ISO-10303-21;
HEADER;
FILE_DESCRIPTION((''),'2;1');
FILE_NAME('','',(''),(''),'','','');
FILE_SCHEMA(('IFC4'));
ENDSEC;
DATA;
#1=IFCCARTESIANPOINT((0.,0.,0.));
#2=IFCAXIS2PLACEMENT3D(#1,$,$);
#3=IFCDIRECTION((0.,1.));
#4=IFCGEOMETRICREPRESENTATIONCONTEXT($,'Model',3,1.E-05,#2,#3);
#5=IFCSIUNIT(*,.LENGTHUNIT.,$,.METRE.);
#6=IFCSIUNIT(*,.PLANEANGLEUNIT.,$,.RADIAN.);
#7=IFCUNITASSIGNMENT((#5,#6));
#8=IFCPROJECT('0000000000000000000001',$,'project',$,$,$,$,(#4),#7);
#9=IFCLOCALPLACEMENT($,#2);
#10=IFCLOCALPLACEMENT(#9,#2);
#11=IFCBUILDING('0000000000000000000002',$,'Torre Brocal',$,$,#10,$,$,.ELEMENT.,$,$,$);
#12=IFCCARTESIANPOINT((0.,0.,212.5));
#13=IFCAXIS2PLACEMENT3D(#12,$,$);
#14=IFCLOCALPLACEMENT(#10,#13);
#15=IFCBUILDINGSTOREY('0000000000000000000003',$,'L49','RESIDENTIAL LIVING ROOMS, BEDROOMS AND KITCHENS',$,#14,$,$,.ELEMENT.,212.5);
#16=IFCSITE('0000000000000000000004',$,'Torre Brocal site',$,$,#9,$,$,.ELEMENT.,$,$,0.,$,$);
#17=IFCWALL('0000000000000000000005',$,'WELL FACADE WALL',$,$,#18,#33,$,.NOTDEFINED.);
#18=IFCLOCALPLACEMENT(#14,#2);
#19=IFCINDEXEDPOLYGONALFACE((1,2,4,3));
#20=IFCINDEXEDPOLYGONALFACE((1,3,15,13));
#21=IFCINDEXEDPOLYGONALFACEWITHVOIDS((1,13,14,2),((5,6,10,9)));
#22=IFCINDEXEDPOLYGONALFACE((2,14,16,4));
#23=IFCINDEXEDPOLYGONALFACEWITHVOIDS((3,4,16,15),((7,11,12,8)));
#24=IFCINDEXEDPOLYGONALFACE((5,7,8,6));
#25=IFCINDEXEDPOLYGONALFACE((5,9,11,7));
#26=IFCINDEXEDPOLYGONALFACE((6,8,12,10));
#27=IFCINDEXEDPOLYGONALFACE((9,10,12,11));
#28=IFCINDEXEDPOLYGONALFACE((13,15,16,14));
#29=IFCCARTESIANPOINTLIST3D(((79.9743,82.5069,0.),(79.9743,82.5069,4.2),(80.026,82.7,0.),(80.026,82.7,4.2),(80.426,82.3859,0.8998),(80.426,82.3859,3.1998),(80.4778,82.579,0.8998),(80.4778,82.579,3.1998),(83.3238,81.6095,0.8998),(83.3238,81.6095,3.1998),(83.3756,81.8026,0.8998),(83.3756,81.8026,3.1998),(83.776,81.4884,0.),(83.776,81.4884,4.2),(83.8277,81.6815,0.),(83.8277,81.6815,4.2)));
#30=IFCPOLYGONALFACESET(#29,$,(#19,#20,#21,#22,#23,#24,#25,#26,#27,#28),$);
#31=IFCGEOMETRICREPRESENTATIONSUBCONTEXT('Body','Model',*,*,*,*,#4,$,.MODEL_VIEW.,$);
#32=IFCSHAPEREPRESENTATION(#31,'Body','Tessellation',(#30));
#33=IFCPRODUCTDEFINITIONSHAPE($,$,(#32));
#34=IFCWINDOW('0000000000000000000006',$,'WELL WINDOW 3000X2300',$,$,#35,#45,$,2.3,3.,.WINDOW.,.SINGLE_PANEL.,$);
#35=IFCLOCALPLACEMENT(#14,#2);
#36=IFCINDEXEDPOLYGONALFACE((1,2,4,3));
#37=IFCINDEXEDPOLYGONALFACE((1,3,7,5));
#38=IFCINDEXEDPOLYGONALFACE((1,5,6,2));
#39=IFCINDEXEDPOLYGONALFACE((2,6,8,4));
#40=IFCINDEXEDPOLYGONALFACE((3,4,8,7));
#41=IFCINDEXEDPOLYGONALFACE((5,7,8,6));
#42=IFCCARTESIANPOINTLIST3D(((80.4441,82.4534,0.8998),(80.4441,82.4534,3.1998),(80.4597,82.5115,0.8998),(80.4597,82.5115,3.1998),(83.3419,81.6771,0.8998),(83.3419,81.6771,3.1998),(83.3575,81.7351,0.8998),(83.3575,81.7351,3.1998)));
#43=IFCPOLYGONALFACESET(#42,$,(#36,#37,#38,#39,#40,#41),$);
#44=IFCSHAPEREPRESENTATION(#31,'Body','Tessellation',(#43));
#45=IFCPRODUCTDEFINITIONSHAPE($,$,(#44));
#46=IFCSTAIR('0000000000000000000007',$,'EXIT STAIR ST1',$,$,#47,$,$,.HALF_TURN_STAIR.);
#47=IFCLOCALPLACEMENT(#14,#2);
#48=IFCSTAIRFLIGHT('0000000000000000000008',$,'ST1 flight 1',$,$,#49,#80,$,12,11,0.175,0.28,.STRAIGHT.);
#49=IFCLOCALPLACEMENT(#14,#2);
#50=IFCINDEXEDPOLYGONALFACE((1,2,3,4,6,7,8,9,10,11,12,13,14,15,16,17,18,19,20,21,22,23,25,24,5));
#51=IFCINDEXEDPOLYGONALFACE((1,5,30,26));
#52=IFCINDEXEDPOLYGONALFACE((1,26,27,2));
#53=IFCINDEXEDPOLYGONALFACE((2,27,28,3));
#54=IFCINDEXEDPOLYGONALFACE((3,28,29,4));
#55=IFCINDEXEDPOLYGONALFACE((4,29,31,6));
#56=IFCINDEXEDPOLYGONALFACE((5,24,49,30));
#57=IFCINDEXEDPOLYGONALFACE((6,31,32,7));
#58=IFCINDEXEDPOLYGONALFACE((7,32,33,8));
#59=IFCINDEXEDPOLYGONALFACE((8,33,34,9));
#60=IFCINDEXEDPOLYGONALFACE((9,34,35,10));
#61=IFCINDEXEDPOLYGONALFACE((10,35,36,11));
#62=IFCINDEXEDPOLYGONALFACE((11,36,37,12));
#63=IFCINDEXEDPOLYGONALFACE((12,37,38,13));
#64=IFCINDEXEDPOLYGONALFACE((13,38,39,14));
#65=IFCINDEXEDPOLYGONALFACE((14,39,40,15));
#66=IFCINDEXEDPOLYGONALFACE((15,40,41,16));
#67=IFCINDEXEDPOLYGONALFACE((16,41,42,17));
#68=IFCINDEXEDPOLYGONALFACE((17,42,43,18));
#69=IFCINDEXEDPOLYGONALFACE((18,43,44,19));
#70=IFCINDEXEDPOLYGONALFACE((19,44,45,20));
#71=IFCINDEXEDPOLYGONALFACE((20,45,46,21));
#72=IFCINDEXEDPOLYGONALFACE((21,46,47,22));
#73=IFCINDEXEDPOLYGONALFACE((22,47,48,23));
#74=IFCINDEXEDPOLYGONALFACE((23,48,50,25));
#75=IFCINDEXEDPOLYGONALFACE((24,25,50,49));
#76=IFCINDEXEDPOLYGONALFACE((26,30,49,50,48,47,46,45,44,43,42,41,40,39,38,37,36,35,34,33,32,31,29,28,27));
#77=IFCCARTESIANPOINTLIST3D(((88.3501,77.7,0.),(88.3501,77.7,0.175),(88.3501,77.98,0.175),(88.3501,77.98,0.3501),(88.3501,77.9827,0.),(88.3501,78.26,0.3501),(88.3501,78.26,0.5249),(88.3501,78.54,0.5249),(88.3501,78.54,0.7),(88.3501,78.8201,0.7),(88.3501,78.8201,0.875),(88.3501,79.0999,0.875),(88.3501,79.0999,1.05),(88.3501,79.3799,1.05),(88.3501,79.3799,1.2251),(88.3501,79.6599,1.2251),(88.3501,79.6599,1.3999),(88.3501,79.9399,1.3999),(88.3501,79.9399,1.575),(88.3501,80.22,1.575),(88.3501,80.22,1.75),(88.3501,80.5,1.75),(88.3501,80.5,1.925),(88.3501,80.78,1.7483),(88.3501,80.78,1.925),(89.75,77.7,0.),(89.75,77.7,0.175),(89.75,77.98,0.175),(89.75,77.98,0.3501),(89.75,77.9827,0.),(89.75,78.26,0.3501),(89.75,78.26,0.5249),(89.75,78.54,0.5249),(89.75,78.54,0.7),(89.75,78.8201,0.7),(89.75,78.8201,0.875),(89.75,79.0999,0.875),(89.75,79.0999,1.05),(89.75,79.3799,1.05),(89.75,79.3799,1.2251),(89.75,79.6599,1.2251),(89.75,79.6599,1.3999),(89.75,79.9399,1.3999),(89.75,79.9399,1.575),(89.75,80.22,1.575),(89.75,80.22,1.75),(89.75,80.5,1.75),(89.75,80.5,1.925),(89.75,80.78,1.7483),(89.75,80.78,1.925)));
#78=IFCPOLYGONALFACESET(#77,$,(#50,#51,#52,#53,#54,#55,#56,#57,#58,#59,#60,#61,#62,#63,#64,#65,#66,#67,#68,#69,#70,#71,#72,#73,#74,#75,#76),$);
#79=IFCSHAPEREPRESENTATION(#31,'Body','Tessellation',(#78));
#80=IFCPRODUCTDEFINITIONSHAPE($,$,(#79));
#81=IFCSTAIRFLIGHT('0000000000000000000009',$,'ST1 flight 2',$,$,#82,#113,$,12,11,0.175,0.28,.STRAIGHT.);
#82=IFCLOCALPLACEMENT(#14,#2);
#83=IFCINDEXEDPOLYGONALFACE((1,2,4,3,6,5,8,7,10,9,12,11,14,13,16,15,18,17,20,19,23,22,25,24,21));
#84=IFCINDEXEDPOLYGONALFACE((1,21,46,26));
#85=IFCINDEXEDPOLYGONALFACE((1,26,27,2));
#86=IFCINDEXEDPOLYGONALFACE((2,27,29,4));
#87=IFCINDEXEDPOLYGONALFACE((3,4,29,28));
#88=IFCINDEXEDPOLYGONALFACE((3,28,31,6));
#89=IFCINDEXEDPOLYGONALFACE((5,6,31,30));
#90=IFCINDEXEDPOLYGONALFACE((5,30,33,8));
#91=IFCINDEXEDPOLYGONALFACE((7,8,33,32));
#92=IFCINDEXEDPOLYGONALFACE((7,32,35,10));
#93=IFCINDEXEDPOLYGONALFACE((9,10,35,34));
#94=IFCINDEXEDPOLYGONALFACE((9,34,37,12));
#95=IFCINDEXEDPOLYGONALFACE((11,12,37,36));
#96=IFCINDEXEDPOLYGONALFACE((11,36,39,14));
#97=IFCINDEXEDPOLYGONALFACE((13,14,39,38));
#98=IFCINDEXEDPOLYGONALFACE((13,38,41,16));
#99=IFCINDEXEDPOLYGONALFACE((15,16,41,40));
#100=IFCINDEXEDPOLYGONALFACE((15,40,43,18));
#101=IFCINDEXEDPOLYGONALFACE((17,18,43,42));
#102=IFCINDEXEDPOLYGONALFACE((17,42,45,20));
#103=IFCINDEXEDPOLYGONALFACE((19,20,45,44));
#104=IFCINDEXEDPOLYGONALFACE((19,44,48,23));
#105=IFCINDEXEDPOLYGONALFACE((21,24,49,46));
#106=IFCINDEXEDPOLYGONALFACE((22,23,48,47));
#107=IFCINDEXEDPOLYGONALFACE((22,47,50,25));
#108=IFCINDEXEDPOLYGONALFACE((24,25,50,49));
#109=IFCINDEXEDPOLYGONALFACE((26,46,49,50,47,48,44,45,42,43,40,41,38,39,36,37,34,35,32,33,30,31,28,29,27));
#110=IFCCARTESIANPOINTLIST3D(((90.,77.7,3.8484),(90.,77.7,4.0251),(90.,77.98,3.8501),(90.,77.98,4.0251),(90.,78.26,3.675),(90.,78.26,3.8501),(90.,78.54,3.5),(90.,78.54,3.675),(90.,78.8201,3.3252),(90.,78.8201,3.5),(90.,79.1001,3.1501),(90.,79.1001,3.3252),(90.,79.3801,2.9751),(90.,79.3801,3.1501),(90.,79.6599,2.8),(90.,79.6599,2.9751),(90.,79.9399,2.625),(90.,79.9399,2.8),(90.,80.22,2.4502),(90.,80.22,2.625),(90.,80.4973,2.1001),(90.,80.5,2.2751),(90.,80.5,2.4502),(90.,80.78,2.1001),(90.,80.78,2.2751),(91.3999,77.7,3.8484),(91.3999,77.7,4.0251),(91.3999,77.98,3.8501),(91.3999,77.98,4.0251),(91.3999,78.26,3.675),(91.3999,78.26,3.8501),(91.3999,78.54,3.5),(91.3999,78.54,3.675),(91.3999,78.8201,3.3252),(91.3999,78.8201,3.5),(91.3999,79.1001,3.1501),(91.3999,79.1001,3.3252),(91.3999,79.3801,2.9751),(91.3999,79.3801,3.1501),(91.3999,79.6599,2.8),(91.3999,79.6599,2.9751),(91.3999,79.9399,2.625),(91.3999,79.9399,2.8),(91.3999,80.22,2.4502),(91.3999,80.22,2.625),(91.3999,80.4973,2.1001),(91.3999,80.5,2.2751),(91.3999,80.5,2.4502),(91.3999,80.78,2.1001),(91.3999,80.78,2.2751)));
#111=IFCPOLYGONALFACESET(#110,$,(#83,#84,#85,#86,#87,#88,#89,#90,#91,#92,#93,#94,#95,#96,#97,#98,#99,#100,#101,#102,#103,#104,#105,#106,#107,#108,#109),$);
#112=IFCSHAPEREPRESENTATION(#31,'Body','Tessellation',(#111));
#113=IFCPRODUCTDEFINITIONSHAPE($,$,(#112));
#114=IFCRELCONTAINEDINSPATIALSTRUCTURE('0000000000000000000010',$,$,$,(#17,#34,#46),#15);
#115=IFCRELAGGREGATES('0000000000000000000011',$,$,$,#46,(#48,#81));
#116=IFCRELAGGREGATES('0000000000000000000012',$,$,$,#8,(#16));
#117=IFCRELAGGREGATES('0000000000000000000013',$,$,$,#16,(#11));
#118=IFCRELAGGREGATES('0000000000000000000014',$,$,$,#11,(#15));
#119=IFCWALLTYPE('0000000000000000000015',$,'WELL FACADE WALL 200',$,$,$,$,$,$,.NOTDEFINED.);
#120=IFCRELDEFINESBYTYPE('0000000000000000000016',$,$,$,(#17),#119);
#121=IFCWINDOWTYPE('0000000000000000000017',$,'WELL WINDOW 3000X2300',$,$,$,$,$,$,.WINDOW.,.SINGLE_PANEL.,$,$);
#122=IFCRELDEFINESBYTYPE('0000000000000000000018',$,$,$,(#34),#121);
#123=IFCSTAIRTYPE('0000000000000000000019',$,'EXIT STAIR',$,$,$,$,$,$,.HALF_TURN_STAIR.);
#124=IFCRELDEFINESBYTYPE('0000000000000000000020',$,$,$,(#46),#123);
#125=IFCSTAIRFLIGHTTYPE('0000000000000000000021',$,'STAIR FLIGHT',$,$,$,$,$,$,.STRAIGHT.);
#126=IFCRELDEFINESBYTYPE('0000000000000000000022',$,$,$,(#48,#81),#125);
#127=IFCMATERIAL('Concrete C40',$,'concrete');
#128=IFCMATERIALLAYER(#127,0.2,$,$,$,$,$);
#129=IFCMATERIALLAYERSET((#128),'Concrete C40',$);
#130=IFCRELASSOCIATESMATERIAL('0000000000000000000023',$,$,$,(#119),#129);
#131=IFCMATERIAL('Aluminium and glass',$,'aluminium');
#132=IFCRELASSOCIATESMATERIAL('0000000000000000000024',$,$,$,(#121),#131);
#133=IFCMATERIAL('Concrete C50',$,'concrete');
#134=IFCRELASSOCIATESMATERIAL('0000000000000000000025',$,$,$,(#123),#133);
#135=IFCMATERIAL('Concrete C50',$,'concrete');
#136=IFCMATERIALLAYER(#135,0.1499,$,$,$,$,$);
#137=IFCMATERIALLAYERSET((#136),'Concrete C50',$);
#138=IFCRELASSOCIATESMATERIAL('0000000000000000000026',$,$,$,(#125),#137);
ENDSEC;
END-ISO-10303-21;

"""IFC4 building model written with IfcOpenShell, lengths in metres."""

from ifc_helpers import new_model, si_unit, direction, frame, frame_2d, origin, place, context, subcontext, project, spatial, polyline, rectangle, outline, extrude, material, layer, layer_set, type_object, element, fill, aggregate, save


model = new_model("IFC4")

# Units and contexts
model_context = context("Model", 3, precision=1e-05, world=origin(), true_north=direction((0.0, 1.0)))
body_context = subcontext(model_context, "Body", "Model", "MODEL_VIEW")
ifc_project = project(units=[si_unit("LENGTHUNIT", "METRE"), si_unit("PLANEANGLEUNIT", "RADIAN")], contexts=[model_context])

# Site, building, storey
site_placement = place(None, origin())
site = spatial("IfcSite", under=ifc_project, at=site_placement, Name="Torre Brocal site", CompositionType="ELEMENT", RefElevation=0.0)
building_placement = place(site_placement, origin())
building = spatial("IfcBuilding", under=site, at=building_placement, Name="Torre Brocal", CompositionType="ELEMENT")
storey_placement = place(building_placement, frame((0.0, 0.0, 212.5)))
storey = spatial("IfcBuildingStorey", under=building, at=storey_placement, Name="L49", Description="RESIDENTIAL LIVING ROOMS, BEDROOMS AND KITCHENS", CompositionType="ELEMENT", Elevation=212.5)

# Wall, opening, window
ifc_material_1 = material(Name="Concrete C40", Category="concrete")
ifc_layer_1 = layer(ifc_material_1, 0.2)
ifc_layer_set_1 = layer_set([ifc_layer_1], Name="Concrete C40")
wall_type_1 = type_object("IfcWallType", Name="WELL FACADE WALL 200", PredefinedType="NOTDEFINED", material=ifc_layer_set_1)
ifc_material_2 = material(Name="Aluminium and glass", Category="aluminium")
window_type = type_object("IfcWindowType", Name="WELL WINDOW 3000X2300", PartitioningType="SINGLE_PANEL", PredefinedType="WINDOW", material=ifc_material_2)
wall_1_placement = place(storey_placement, frame((83.8018, 81.585, 0.0), z_axis=(0.0, 0.0, 1.0), x_axis=(-0.965934, 0.25879, 0.0)))
wall_1 = element("IfcWall", 1, at=wall_1_placement, inside=storey, type_object=wall_type_1, Name="WELL FACADE WALL", PredefinedType="NOTDEFINED", context=body_context, shape_type="SweptSolid", body=[
    extrude(rectangle(XDim=3.9358, YDim=0.2, at=frame_2d((1.9678, 0.0))), origin(), (0.0, 0.0, 1.0), 4.2),
])
opening_1_placement = place(wall_1_placement, frame((0.468, 0.0, 0.8999)))
opening_1 = element("IfcOpeningElement", 2, at=opening_1_placement, cuts=wall_1, PredefinedType="OPENING", context=body_context, shape_type="SweptSolid", body=[
    extrude(rectangle(XDim=3.0, YDim=2.3, at=frame_2d((1.5, 1.1499))), frame((0.0, 0.1099, 0.0), z_axis=(0.0, -1.0, 0.0), x_axis=(1.0, 0.0, 0.0)), (0.0, 0.0, 1.0), 0.22),
])
window_1_placement = place(opening_1_placement, origin())
window_1 = element("IfcWindow", 3, at=window_1_placement, inside=storey, type_object=window_type, Name="WELL WINDOW 3000X2300", OverallHeight=2.3, OverallWidth=3.0, PartitioningType="SINGLE_PANEL", PredefinedType="WINDOW", context=body_context, shape_type="SweptSolid", body=[
    extrude(rectangle(XDim=3.0, YDim=2.3, at=frame_2d((1.5, 1.1499))), frame((0.0, 0.03, 0.0), z_axis=(0.0, -1.0, 0.0), x_axis=(1.0, 0.0, 0.0)), (0.0, 0.0, 1.0), 0.0601),
])
fill(opening_1, window_1)

# Stair, stair flights
ifc_material_3 = material(Name="Concrete C50", Category="concrete")
stair_type = type_object("IfcStairType", Name="EXIT STAIR", PredefinedType="HALF_TURN_STAIR", material=ifc_material_3)
stair_placement = place(storey_placement, origin())
stair = element("IfcStair", 4, at=stair_placement, inside=storey, type_object=stair_type, Name="EXIT STAIR ST1", PredefinedType="HALF_TURN_STAIR")
ifc_material_4 = material(Name="Concrete C50", Category="concrete")
ifc_layer_2 = layer(ifc_material_4, 0.1499)
ifc_layer_set_2 = layer_set([ifc_layer_2], Name="Concrete C50")
stair_flight_type = type_object("IfcStairFlightType", Name="STAIR FLIGHT", PredefinedType="STRAIGHT", material=ifc_layer_set_2)
stair_flight_1_placement = place(storey_placement, frame((89.05, 77.7, 0.0), z_axis=(0.0, 0.0, 1.0), x_axis=(0.0, 1.0, 0.0)))
stair_flight_1 = element("IfcStairFlight", 5, at=stair_flight_1_placement, type_object=stair_flight_type, Name="ST1 flight 1", NumberOfRisers=12, NumberOfTreads=11, PredefinedType="STRAIGHT", RiserHeight=0.175, TreadLength=0.28, context=body_context, shape_type="SweptSolid", body=[
    extrude(outline(polyline([(0.0, 0.0), (0.0, 0.175), (0.28, 0.175), (0.28, 0.3501), (0.5601, 0.3501), (0.5601, 0.5249), (0.8401, 0.5249), (0.8401, 0.7), (1.1201, 0.7), (1.1201, 0.875), (1.3999, 0.875), (1.3999, 1.05), (1.6799, 1.05), (1.6799, 1.2251), (1.96, 1.2251), (1.96, 1.3999), (2.24, 1.3999), (2.24, 1.575), (2.52, 1.575), (2.52, 1.75), (2.8, 1.75), (2.8, 1.925), (3.0801, 1.925), (3.0801, 2.1001), (3.0801, 1.7483), (0.2827, 0.0), (0.0, 0.0)])), frame((0.0, 0.7, 0.0), z_axis=(0.0, -1.0, 0.0), x_axis=(1.0, 0.0, 0.0)), (0.0, 0.0, 1.0), 1.3999),
])
stair_flight_2_placement = place(storey_placement, frame((90.7, 80.78, 2.1001), z_axis=(0.0, 0.0, 1.0), x_axis=(0.0, -1.0, 0.0)))
stair_flight_2 = element("IfcStairFlight", 6, at=stair_flight_2_placement, type_object=stair_flight_type, Name="ST1 flight 2", NumberOfRisers=12, NumberOfTreads=11, PredefinedType="STRAIGHT", RiserHeight=0.175, TreadLength=0.28, context=body_context, shape_type="SweptSolid", body=[
    extrude(outline(polyline([(0.0, 0.0), (0.0, 0.175), (0.28, 0.175), (0.28, 0.3501), (0.5601, 0.3501), (0.5601, 0.5249), (0.8401, 0.5249), (0.8401, 0.7), (1.1201, 0.7), (1.1201, 0.875), (1.3999, 0.875), (1.3999, 1.05), (1.6799, 1.05), (1.6799, 1.2251), (1.96, 1.2251), (1.96, 1.3999), (2.24, 1.3999), (2.24, 1.575), (2.52, 1.575), (2.52, 1.75), (2.8, 1.75), (2.8, 1.925), (3.0801, 1.925), (3.0801, 2.1001), (3.0801, 1.7483), (0.2827, 0.0), (0.0, 0.0)])), frame((0.0, 0.7, 0.0), z_axis=(0.0, -1.0, 0.0), x_axis=(1.0, 0.0, 0.0)), (0.0, 0.0, 1.0), 1.3999),
])
aggregate(stair, [stair_flight_1, stair_flight_2])

save(model, "model.ifc")
